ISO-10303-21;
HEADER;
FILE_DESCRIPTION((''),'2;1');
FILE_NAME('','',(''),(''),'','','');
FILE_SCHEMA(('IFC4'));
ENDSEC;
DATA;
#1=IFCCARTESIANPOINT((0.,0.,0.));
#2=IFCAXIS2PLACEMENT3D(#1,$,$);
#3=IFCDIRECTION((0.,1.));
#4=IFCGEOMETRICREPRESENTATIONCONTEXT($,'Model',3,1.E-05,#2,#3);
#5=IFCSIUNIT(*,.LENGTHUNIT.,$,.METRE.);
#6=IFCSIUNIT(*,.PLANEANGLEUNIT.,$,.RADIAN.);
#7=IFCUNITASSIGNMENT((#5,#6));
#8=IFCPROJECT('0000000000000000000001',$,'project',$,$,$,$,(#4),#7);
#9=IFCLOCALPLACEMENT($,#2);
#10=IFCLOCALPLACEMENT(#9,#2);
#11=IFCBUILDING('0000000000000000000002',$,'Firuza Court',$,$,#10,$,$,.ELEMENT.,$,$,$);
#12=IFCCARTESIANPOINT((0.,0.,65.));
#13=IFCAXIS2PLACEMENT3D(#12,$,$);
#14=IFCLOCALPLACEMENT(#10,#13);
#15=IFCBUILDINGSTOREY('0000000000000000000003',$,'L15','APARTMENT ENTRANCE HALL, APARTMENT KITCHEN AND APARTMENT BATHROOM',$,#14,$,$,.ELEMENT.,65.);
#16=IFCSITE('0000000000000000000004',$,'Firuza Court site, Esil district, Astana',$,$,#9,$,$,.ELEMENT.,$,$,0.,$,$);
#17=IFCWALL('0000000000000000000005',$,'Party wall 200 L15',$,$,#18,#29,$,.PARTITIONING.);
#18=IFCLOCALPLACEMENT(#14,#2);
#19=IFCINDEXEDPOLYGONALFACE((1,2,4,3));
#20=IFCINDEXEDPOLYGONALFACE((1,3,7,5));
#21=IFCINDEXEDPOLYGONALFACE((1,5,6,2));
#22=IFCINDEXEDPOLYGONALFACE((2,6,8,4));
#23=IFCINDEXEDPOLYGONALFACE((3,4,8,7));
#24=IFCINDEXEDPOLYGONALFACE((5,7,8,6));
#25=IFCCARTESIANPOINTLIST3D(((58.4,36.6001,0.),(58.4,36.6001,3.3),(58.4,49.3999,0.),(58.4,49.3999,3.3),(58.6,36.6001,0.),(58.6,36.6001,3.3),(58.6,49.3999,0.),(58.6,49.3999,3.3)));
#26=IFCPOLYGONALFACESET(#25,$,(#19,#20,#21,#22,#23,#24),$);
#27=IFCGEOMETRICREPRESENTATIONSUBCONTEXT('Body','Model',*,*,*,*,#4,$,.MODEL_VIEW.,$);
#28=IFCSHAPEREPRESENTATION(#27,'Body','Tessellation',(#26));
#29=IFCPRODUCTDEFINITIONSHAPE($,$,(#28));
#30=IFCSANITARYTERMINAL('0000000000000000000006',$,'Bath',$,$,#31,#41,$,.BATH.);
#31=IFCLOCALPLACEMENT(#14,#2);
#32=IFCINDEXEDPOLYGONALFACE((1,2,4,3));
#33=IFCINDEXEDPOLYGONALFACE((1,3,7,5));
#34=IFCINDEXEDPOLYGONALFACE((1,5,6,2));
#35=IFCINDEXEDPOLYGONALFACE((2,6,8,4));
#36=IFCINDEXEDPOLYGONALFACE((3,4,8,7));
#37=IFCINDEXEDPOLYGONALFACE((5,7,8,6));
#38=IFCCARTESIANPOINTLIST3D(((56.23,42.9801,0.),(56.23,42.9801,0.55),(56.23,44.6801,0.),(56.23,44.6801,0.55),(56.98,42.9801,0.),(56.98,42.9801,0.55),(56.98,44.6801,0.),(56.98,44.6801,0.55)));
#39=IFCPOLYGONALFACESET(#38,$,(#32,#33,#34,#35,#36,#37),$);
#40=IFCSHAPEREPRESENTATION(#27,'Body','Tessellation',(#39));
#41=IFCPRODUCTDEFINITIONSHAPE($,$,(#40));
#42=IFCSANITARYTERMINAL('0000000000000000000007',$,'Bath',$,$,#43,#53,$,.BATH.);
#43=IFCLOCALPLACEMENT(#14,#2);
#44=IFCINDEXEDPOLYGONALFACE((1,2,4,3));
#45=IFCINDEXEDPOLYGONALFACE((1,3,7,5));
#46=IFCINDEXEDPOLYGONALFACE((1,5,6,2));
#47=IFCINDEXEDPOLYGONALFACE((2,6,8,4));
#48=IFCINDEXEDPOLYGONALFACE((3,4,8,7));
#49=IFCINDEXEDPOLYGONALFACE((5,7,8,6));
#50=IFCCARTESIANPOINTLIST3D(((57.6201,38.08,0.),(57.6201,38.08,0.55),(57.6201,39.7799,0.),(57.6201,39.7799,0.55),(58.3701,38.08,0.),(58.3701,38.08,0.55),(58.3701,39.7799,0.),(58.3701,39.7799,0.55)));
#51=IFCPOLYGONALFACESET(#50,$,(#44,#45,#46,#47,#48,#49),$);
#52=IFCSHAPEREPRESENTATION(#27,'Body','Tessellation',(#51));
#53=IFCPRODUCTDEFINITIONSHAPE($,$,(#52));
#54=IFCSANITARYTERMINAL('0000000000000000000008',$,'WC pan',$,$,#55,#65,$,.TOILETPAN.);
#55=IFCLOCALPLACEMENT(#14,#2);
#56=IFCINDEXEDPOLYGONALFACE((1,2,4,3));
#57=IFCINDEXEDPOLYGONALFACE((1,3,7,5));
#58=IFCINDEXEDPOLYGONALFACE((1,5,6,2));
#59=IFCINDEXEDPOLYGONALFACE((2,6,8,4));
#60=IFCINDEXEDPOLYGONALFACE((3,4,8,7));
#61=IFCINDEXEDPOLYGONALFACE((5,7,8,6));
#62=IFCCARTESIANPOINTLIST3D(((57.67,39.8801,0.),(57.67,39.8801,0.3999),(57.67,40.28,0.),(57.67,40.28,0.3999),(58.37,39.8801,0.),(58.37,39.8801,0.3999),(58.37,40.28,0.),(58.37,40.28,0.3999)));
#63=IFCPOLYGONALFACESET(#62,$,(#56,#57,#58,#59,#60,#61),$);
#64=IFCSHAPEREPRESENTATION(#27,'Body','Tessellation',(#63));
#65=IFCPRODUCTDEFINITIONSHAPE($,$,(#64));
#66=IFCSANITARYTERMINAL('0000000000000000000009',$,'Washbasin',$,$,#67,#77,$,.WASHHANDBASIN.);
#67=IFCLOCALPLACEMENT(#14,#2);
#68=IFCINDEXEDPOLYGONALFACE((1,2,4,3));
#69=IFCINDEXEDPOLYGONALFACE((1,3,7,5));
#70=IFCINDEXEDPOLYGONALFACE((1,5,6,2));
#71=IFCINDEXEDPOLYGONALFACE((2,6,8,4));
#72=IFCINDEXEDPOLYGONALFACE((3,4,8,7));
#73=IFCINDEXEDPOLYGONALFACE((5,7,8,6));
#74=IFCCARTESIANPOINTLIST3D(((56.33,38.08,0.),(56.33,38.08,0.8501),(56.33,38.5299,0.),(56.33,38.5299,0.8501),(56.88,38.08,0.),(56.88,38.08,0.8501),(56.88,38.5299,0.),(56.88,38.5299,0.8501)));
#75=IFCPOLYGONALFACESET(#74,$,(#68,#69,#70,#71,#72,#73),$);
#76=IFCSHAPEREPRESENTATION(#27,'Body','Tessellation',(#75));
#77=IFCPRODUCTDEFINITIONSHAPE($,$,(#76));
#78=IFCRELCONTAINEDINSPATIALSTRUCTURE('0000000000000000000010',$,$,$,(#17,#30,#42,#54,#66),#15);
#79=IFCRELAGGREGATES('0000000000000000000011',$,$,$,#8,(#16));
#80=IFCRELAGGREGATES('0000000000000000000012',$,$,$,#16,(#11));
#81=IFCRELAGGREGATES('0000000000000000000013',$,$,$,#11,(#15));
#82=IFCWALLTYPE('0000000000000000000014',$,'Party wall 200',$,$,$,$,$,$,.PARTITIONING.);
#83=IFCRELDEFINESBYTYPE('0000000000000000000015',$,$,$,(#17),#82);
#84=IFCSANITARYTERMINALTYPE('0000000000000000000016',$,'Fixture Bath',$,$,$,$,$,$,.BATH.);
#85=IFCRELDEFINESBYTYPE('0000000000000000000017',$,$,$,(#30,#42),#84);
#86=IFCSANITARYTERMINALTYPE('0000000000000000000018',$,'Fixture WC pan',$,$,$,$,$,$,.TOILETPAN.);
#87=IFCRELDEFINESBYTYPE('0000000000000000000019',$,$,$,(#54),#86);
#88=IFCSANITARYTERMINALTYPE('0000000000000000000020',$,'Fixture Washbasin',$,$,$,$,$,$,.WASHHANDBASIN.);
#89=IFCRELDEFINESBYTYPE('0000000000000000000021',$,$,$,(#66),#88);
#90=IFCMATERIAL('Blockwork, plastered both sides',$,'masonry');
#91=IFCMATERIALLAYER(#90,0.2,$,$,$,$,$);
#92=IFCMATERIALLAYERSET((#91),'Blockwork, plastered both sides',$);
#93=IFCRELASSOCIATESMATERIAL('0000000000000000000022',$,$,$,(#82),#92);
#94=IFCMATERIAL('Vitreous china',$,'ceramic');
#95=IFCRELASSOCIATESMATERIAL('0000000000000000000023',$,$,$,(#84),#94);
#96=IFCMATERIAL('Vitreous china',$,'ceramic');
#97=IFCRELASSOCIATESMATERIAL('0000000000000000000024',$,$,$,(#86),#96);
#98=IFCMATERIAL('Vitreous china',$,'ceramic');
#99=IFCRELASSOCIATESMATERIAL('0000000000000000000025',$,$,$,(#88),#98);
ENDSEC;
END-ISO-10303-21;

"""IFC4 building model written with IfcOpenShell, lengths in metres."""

from ifc_helpers import new_model, si_unit, direction, frame, frame_2d, origin, origin_2d, place, context, subcontext, project, spatial, rectangle, extrude, material, layer, layer_set, type_object, element, save


model = new_model("IFC4")

# Units and contexts
model_context = context("Model", 3, precision=1e-05, world=origin(), true_north=direction((0.0, 1.0)))
body_context = subcontext(model_context, "Body", "Model", "MODEL_VIEW")
ifc_project = project(units=[si_unit("LENGTHUNIT", "METRE"), si_unit("PLANEANGLEUNIT", "RADIAN")], contexts=[model_context])

# Site, building, storey
site_placement = place(None, origin())
site = spatial("IfcSite", under=ifc_project, at=site_placement, Name="Firuza Court site, Esil district, Astana", CompositionType="ELEMENT", RefElevation=0.0)
building_placement = place(site_placement, origin())
building = spatial("IfcBuilding", under=site, at=building_placement, Name="Firuza Court", CompositionType="ELEMENT")
storey_placement = place(building_placement, frame((0.0, 0.0, 65.0)))
storey = spatial("IfcBuildingStorey", under=building, at=storey_placement, Name="L15", Description="APARTMENT ENTRANCE HALL, APARTMENT KITCHEN AND APARTMENT BATHROOM", CompositionType="ELEMENT", Elevation=65.0)

# Wall
ifc_material_1 = material(Name="Blockwork, plastered both sides", Category="masonry")
ifc_layer_1 = layer(ifc_material_1, 0.2)
ifc_layer_set_1 = layer_set([ifc_layer_1], Name="Blockwork, plastered both sides")
wall_type_1 = type_object("IfcWallType", Name="Party wall 200", PredefinedType="PARTITIONING", material=ifc_layer_set_1)
wall_1_placement = place(storey_placement, frame((58.5, 36.6001, 0.0), z_axis=(0.0, 0.0, 1.0), x_axis=(0.0, 1.0, 0.0)))
element("IfcWall", 1, at=wall_1_placement, inside=storey, type_object=wall_type_1, Name="Party wall 200 L15", PredefinedType="PARTITIONING", context=body_context, shape_type="SweptSolid", body=[
    extrude(rectangle(XDim=12.7998, YDim=0.2, at=frame_2d((6.3999, 0.0))), origin(), (0.0, 0.0, 1.0), 3.3),
])

# Sanitary terminals
ifc_material_2 = material(Name="Vitreous china", Category="ceramic")
sanitary_terminal_type_1 = type_object("IfcSanitaryTerminalType", Name="Fixture Bath", PredefinedType="BATH", material=ifc_material_2)
for number, where, z_axis, x_axis, name in (
    (2, (56.605, 43.8301, 0.0), (0.0, 0.0, 1.0), (1.0, 0.0, 0.0), "Bath"),
    (3, (57.9951, 38.9299, 0.0), (0.0, 0.0, 1.0), (1.0, 0.0, 0.0), "Bath"),
):
    element("IfcSanitaryTerminal", number, at=place(storey_placement, frame(where, z_axis=z_axis, x_axis=x_axis)), inside=storey, type_object=sanitary_terminal_type_1, Name=name, PredefinedType="BATH", context=body_context, shape_type="SweptSolid", body=[
        extrude(rectangle(XDim=0.75, YDim=1.7, at=origin_2d()), origin(), (0.0, 0.0, 1.0), 0.55),
    ])
ifc_material_3 = material(Name="Vitreous china", Category="ceramic")
sanitary_terminal_type_2 = type_object("IfcSanitaryTerminalType", Name="Fixture WC pan", PredefinedType="TOILETPAN", material=ifc_material_3)
sanitary_terminal_1_placement = place(storey_placement, frame((58.02, 40.0801, 0.0), z_axis=(0.0, 0.0, 1.0), x_axis=(1.0, 0.0, 0.0)))
element("IfcSanitaryTerminal", 4, at=sanitary_terminal_1_placement, inside=storey, type_object=sanitary_terminal_type_2, Name="WC pan", PredefinedType="TOILETPAN", context=body_context, shape_type="SweptSolid", body=[
    extrude(rectangle(XDim=0.7, YDim=0.3999, at=origin_2d()), origin(), (0.0, 0.0, 1.0), 0.3999),
])
ifc_material_4 = material(Name="Vitreous china", Category="ceramic")
sanitary_terminal_type_3 = type_object("IfcSanitaryTerminalType", Name="Fixture Washbasin", PredefinedType="WASHHANDBASIN", material=ifc_material_4)
sanitary_terminal_2_placement = place(storey_placement, frame((56.605, 38.3049, 0.0), z_axis=(0.0, 0.0, 1.0), x_axis=(1.0, 0.0, 0.0)))
element("IfcSanitaryTerminal", 5, at=sanitary_terminal_2_placement, inside=storey, type_object=sanitary_terminal_type_3, Name="Washbasin", PredefinedType="WASHHANDBASIN", context=body_context, shape_type="SweptSolid", body=[
    extrude(rectangle(XDim=0.55, YDim=0.45, at=origin_2d()), origin(), (0.0, 0.0, 1.0), 0.8501),
])

save(model, "model.ifc")
